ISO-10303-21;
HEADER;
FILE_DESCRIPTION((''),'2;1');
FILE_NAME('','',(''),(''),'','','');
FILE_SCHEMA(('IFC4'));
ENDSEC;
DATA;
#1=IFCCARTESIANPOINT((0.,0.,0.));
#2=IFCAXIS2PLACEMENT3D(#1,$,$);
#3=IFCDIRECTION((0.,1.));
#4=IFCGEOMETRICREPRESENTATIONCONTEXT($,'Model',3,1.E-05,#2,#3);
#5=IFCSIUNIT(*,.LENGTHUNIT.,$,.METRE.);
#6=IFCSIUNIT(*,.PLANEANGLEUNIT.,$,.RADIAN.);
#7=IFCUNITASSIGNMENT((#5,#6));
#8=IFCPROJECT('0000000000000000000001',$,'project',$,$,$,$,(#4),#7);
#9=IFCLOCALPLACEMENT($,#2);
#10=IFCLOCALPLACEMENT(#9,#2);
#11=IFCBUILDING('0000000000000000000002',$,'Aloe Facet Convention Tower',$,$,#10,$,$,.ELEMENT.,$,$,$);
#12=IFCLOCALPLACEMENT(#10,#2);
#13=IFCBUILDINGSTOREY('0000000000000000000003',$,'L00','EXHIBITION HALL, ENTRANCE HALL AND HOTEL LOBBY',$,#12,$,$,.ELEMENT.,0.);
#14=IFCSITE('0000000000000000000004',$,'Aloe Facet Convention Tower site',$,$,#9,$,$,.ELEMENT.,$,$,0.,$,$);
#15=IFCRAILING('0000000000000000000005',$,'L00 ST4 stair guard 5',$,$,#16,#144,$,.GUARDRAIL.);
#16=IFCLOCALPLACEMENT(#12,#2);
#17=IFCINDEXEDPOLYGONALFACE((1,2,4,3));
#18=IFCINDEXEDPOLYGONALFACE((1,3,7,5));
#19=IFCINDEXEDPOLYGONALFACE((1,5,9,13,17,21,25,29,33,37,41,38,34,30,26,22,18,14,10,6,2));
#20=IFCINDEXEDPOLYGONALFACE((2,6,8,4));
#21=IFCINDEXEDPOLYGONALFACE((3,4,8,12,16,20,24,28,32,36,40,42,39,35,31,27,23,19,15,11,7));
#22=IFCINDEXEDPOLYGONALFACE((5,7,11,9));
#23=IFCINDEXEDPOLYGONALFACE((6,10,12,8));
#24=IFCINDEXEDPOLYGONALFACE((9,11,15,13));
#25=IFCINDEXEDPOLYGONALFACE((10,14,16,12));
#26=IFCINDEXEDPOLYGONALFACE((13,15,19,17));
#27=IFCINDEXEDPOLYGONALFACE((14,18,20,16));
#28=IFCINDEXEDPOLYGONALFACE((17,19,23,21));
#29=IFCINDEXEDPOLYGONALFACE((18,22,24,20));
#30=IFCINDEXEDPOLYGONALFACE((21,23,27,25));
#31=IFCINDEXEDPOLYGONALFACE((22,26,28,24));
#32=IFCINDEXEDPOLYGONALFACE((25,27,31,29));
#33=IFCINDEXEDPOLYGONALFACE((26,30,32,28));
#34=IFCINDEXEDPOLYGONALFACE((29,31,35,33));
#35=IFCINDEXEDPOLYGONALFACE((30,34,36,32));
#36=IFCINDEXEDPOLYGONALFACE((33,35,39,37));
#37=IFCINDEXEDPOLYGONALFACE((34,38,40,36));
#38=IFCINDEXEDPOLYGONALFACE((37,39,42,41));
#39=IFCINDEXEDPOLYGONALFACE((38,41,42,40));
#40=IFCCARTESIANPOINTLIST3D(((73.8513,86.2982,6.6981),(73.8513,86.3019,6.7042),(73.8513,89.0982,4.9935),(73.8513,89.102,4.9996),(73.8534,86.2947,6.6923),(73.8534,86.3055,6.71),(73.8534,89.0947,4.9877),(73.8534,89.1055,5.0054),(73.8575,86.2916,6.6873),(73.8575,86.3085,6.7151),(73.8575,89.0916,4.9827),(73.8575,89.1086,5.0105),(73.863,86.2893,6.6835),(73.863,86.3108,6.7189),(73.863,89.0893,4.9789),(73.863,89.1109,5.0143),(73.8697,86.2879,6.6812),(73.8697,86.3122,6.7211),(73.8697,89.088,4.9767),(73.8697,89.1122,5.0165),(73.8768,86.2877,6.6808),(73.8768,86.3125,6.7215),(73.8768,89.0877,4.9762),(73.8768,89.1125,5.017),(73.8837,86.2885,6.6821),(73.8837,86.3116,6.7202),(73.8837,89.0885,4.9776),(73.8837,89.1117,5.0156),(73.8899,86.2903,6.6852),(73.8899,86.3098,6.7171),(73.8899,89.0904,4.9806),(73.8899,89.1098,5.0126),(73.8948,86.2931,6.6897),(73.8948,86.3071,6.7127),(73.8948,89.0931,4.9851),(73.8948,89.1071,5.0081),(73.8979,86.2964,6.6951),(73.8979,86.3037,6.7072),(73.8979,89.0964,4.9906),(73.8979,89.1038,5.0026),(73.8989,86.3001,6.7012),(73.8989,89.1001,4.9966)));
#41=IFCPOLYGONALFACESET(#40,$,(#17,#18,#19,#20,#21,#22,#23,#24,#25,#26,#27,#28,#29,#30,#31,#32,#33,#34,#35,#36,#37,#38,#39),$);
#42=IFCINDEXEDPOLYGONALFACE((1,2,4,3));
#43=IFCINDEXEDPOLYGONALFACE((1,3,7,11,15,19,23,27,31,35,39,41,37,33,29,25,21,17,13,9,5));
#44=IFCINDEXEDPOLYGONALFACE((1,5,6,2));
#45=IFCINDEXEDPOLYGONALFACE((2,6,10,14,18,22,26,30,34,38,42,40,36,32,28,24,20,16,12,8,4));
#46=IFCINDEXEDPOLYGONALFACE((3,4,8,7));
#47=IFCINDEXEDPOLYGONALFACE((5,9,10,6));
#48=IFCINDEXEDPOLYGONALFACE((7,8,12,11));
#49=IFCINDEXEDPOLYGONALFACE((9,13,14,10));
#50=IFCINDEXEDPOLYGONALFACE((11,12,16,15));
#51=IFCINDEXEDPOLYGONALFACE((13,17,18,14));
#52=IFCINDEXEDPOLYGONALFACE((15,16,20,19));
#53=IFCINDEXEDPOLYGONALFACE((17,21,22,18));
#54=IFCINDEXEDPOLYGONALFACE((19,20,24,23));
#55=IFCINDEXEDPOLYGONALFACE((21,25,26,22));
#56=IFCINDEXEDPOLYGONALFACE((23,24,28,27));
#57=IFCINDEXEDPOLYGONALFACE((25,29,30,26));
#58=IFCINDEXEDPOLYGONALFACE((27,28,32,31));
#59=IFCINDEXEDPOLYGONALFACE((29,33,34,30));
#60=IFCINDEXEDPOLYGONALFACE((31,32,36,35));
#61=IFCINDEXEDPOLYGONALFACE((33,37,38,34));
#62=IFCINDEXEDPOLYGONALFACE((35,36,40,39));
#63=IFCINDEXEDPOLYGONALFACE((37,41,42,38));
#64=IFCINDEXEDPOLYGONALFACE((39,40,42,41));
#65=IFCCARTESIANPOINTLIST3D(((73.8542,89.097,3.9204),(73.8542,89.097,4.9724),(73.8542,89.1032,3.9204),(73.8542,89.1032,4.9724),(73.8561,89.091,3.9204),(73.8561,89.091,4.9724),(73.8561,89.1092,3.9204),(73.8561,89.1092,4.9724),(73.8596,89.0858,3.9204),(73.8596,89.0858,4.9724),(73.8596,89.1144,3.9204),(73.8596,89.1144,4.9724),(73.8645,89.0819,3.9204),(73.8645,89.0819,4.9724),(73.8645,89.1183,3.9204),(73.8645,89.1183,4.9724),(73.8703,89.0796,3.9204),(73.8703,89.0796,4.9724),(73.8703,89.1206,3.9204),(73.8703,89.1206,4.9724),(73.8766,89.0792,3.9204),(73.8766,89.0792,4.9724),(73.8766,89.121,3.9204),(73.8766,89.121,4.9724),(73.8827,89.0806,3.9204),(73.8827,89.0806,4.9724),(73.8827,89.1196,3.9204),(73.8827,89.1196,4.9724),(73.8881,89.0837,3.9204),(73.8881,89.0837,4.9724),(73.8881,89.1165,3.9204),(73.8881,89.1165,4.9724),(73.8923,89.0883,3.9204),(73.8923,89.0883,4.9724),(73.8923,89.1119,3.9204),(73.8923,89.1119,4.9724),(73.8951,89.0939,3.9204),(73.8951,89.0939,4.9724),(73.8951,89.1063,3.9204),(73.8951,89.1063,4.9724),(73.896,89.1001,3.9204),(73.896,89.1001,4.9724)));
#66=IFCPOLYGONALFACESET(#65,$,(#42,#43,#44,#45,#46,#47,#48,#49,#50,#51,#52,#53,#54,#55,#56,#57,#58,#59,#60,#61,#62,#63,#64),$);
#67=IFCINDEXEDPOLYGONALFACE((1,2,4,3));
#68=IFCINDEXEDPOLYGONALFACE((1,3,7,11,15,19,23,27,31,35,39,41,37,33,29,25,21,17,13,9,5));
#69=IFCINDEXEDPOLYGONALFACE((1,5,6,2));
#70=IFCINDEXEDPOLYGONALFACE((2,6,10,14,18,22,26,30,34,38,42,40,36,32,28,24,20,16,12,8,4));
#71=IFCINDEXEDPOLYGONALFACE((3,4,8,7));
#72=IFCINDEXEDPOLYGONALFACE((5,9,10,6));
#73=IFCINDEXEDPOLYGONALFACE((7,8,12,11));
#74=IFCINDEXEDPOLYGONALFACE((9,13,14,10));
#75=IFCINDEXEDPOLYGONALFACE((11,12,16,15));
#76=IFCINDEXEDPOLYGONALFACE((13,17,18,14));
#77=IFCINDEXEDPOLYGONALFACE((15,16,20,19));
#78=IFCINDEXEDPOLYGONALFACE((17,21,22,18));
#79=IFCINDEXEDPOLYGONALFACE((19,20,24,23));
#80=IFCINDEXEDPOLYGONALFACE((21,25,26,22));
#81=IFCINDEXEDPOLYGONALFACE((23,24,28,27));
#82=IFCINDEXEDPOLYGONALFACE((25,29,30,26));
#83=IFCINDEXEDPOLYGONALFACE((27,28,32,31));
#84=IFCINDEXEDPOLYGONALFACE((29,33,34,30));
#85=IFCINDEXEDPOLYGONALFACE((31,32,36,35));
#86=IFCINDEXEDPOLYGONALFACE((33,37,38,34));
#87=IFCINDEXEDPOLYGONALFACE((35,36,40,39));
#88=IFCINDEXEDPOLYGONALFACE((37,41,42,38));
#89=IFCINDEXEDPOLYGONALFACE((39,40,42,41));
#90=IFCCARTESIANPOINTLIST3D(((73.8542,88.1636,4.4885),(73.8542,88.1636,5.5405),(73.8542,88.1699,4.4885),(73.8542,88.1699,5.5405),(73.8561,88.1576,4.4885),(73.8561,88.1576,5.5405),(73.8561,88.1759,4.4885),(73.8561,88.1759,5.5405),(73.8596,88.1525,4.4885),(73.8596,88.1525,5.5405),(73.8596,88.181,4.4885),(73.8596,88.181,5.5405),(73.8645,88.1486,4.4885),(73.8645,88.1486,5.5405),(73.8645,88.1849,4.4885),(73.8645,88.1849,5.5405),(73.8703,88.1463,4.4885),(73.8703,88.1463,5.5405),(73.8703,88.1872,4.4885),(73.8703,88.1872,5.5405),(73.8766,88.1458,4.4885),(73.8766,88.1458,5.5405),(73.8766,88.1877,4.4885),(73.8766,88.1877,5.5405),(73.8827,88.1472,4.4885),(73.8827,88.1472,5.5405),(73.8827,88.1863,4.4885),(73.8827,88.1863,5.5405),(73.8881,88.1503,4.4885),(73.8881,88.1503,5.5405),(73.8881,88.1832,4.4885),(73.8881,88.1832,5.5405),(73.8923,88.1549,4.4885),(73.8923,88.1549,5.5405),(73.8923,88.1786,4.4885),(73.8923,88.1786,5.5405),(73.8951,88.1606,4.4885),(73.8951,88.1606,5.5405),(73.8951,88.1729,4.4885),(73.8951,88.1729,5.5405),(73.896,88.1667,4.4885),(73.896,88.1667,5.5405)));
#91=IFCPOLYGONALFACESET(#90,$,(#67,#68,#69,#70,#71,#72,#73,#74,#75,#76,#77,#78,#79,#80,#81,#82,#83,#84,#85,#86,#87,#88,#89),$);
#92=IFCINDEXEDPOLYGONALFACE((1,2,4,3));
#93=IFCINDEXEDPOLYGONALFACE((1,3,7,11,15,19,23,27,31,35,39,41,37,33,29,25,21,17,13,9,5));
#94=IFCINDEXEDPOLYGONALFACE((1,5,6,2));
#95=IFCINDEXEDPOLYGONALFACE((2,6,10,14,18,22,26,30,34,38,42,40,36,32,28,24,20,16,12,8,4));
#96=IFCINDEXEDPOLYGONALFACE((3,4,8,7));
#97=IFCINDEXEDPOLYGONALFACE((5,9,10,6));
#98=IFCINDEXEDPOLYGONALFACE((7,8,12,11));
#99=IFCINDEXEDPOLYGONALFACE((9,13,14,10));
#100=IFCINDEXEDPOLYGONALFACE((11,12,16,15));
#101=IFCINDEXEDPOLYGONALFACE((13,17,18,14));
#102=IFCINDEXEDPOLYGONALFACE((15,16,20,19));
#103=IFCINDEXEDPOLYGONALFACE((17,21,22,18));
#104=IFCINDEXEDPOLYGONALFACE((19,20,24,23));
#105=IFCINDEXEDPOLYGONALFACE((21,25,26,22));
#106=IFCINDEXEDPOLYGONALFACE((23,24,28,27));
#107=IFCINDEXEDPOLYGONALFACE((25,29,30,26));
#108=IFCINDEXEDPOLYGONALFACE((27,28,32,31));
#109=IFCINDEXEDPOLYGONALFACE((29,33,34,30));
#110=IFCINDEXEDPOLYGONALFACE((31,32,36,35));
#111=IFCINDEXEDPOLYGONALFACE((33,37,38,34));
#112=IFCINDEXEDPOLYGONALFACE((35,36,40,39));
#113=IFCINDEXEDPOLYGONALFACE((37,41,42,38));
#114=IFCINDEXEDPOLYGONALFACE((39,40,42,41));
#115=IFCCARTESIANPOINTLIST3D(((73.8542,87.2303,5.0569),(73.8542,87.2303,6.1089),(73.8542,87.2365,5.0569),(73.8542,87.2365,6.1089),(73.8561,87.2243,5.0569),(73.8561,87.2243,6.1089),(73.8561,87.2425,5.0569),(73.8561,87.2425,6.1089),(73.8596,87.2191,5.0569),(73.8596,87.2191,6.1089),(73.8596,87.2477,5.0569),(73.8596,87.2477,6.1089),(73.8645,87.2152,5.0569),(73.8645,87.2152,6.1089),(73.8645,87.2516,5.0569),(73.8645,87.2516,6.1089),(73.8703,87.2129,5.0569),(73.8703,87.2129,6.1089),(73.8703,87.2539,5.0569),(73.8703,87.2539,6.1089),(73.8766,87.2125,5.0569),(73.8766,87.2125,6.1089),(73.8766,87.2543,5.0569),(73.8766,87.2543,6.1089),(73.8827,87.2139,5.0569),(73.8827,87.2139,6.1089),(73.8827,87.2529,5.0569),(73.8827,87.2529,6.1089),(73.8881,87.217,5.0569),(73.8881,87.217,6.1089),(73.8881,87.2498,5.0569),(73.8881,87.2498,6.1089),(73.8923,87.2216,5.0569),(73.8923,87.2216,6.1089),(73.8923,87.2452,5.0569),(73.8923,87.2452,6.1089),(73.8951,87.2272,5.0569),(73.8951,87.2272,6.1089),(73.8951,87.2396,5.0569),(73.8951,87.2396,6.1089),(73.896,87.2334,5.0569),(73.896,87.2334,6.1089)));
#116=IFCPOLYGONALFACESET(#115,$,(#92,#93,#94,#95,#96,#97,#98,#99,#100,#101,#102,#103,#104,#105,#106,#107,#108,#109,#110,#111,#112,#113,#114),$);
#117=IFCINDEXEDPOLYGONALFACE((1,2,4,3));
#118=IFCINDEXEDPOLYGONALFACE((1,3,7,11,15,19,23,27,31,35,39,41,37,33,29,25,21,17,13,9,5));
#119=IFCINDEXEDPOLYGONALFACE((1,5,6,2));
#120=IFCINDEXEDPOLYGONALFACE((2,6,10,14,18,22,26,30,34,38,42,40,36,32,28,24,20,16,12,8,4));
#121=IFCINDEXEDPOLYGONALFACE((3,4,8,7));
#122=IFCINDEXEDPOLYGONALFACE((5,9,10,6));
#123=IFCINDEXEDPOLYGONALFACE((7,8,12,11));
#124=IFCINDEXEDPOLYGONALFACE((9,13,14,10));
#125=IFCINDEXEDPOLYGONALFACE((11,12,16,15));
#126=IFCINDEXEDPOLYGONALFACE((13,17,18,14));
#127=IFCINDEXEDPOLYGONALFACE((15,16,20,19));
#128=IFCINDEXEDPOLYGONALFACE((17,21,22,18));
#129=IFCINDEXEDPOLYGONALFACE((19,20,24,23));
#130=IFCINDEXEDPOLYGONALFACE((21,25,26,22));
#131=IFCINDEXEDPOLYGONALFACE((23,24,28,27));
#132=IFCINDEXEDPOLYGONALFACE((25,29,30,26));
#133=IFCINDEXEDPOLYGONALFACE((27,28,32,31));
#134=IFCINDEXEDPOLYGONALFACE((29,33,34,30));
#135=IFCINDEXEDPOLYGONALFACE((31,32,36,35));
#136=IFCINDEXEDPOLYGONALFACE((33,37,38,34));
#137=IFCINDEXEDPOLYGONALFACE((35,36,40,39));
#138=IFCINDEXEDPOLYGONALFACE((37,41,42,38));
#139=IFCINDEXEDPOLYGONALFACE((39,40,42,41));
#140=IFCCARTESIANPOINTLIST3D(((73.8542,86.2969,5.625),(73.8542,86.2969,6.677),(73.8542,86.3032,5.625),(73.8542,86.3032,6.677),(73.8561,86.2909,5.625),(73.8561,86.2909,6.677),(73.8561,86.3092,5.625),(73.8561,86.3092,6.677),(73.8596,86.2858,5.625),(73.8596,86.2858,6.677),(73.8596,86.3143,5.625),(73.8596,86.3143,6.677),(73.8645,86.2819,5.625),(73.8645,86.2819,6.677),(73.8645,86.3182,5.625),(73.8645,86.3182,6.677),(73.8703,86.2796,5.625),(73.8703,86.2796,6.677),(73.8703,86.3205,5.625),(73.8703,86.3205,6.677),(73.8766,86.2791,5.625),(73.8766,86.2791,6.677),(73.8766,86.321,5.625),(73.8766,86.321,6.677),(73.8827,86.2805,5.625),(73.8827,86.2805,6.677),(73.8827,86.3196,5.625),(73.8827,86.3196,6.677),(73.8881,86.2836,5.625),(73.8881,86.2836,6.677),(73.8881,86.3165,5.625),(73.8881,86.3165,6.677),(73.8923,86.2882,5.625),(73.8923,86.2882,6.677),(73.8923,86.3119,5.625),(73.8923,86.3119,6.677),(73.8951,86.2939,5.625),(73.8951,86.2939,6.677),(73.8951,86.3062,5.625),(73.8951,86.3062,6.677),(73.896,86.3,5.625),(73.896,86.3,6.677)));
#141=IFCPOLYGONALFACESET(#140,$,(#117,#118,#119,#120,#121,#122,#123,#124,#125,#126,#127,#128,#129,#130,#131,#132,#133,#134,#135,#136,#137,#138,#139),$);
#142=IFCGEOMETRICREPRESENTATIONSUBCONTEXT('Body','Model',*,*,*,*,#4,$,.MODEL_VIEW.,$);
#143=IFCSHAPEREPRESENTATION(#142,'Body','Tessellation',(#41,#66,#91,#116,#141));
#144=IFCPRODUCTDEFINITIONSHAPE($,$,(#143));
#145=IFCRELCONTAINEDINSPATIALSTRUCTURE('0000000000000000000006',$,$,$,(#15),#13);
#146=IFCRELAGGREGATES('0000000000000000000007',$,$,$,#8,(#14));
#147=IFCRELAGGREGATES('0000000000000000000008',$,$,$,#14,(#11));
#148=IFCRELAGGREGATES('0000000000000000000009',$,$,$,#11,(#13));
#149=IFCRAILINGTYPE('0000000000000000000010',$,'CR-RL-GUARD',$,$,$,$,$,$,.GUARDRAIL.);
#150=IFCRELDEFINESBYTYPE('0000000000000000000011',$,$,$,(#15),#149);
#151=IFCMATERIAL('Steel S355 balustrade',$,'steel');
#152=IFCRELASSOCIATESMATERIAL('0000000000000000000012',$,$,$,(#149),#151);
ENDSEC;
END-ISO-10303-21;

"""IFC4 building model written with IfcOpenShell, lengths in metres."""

from ifc_helpers import new_model, si_unit, direction, frame, origin, origin_2d, place, context, subcontext, project, spatial, circle, extrude, material, type_object, element, save


model = new_model("IFC4")

# Units and contexts
model_context = context("Model", 3, precision=1e-05, world=origin(), true_north=direction((0.0, 1.0)))
body_context = subcontext(model_context, "Body", "Model", "MODEL_VIEW")
ifc_project = project(units=[si_unit("LENGTHUNIT", "METRE"), si_unit("PLANEANGLEUNIT", "RADIAN")], contexts=[model_context])

# Site, building, storey
site_placement = place(None, origin())
site = spatial("IfcSite", under=ifc_project, at=site_placement, Name="Aloe Facet Convention Tower site", CompositionType="ELEMENT", RefElevation=0.0)
building_placement = place(site_placement, origin())
building = spatial("IfcBuilding", under=site, at=building_placement, Name="Aloe Facet Convention Tower", CompositionType="ELEMENT")
storey_placement = place(building_placement, origin())
storey = spatial("IfcBuildingStorey", under=building, at=storey_placement, Name="L00", Description="EXHIBITION HALL, ENTRANCE HALL AND HOTEL LOBBY", CompositionType="ELEMENT", Elevation=0.0)

# Railing
ifc_material_1 = material(Name="Steel S355 balustrade", Category="steel")
railing_type_1 = type_object("IfcRailingType", Name="CR-RL-GUARD", PredefinedType="GUARDRAIL", material=ifc_material_1)
railing_1_placement = place(storey_placement, frame((73.875, 89.1001, 3.9204)))
element("IfcRailing", 1, at=railing_1_placement, inside=storey, type_object=railing_type_1, Name="L00 ST4 stair guard 5", PredefinedType="GUARDRAIL", context=body_context, shape_type="SweptSolid", body=[
    extrude(circle(Radius=0.0239, at=origin_2d()), frame((0.0, 0.0, 1.0762), z_axis=(0.0, -0.85417, 0.519994), x_axis=(1.0, 0.0, 0.0)), (0.0, 0.0, 1.0), 3.2781),
    extrude(circle(Radius=0.021, at=origin_2d()), origin(), (0.0, 0.0, 1.0), 1.052),
    extrude(circle(Radius=0.021, at=origin_2d()), frame((0.0, -0.9333, 0.5681)), (0.0, 0.0, 1.0), 1.052),
    extrude(circle(Radius=0.021, at=origin_2d()), frame((0.0, -1.8667, 1.1365)), (0.0, 0.0, 1.0), 1.052),
    extrude(circle(Radius=0.021, at=origin_2d()), frame((0.0, -2.8, 1.7046)), (0.0, 0.0, 1.0), 1.052),
])

save(model, "model.ifc")
